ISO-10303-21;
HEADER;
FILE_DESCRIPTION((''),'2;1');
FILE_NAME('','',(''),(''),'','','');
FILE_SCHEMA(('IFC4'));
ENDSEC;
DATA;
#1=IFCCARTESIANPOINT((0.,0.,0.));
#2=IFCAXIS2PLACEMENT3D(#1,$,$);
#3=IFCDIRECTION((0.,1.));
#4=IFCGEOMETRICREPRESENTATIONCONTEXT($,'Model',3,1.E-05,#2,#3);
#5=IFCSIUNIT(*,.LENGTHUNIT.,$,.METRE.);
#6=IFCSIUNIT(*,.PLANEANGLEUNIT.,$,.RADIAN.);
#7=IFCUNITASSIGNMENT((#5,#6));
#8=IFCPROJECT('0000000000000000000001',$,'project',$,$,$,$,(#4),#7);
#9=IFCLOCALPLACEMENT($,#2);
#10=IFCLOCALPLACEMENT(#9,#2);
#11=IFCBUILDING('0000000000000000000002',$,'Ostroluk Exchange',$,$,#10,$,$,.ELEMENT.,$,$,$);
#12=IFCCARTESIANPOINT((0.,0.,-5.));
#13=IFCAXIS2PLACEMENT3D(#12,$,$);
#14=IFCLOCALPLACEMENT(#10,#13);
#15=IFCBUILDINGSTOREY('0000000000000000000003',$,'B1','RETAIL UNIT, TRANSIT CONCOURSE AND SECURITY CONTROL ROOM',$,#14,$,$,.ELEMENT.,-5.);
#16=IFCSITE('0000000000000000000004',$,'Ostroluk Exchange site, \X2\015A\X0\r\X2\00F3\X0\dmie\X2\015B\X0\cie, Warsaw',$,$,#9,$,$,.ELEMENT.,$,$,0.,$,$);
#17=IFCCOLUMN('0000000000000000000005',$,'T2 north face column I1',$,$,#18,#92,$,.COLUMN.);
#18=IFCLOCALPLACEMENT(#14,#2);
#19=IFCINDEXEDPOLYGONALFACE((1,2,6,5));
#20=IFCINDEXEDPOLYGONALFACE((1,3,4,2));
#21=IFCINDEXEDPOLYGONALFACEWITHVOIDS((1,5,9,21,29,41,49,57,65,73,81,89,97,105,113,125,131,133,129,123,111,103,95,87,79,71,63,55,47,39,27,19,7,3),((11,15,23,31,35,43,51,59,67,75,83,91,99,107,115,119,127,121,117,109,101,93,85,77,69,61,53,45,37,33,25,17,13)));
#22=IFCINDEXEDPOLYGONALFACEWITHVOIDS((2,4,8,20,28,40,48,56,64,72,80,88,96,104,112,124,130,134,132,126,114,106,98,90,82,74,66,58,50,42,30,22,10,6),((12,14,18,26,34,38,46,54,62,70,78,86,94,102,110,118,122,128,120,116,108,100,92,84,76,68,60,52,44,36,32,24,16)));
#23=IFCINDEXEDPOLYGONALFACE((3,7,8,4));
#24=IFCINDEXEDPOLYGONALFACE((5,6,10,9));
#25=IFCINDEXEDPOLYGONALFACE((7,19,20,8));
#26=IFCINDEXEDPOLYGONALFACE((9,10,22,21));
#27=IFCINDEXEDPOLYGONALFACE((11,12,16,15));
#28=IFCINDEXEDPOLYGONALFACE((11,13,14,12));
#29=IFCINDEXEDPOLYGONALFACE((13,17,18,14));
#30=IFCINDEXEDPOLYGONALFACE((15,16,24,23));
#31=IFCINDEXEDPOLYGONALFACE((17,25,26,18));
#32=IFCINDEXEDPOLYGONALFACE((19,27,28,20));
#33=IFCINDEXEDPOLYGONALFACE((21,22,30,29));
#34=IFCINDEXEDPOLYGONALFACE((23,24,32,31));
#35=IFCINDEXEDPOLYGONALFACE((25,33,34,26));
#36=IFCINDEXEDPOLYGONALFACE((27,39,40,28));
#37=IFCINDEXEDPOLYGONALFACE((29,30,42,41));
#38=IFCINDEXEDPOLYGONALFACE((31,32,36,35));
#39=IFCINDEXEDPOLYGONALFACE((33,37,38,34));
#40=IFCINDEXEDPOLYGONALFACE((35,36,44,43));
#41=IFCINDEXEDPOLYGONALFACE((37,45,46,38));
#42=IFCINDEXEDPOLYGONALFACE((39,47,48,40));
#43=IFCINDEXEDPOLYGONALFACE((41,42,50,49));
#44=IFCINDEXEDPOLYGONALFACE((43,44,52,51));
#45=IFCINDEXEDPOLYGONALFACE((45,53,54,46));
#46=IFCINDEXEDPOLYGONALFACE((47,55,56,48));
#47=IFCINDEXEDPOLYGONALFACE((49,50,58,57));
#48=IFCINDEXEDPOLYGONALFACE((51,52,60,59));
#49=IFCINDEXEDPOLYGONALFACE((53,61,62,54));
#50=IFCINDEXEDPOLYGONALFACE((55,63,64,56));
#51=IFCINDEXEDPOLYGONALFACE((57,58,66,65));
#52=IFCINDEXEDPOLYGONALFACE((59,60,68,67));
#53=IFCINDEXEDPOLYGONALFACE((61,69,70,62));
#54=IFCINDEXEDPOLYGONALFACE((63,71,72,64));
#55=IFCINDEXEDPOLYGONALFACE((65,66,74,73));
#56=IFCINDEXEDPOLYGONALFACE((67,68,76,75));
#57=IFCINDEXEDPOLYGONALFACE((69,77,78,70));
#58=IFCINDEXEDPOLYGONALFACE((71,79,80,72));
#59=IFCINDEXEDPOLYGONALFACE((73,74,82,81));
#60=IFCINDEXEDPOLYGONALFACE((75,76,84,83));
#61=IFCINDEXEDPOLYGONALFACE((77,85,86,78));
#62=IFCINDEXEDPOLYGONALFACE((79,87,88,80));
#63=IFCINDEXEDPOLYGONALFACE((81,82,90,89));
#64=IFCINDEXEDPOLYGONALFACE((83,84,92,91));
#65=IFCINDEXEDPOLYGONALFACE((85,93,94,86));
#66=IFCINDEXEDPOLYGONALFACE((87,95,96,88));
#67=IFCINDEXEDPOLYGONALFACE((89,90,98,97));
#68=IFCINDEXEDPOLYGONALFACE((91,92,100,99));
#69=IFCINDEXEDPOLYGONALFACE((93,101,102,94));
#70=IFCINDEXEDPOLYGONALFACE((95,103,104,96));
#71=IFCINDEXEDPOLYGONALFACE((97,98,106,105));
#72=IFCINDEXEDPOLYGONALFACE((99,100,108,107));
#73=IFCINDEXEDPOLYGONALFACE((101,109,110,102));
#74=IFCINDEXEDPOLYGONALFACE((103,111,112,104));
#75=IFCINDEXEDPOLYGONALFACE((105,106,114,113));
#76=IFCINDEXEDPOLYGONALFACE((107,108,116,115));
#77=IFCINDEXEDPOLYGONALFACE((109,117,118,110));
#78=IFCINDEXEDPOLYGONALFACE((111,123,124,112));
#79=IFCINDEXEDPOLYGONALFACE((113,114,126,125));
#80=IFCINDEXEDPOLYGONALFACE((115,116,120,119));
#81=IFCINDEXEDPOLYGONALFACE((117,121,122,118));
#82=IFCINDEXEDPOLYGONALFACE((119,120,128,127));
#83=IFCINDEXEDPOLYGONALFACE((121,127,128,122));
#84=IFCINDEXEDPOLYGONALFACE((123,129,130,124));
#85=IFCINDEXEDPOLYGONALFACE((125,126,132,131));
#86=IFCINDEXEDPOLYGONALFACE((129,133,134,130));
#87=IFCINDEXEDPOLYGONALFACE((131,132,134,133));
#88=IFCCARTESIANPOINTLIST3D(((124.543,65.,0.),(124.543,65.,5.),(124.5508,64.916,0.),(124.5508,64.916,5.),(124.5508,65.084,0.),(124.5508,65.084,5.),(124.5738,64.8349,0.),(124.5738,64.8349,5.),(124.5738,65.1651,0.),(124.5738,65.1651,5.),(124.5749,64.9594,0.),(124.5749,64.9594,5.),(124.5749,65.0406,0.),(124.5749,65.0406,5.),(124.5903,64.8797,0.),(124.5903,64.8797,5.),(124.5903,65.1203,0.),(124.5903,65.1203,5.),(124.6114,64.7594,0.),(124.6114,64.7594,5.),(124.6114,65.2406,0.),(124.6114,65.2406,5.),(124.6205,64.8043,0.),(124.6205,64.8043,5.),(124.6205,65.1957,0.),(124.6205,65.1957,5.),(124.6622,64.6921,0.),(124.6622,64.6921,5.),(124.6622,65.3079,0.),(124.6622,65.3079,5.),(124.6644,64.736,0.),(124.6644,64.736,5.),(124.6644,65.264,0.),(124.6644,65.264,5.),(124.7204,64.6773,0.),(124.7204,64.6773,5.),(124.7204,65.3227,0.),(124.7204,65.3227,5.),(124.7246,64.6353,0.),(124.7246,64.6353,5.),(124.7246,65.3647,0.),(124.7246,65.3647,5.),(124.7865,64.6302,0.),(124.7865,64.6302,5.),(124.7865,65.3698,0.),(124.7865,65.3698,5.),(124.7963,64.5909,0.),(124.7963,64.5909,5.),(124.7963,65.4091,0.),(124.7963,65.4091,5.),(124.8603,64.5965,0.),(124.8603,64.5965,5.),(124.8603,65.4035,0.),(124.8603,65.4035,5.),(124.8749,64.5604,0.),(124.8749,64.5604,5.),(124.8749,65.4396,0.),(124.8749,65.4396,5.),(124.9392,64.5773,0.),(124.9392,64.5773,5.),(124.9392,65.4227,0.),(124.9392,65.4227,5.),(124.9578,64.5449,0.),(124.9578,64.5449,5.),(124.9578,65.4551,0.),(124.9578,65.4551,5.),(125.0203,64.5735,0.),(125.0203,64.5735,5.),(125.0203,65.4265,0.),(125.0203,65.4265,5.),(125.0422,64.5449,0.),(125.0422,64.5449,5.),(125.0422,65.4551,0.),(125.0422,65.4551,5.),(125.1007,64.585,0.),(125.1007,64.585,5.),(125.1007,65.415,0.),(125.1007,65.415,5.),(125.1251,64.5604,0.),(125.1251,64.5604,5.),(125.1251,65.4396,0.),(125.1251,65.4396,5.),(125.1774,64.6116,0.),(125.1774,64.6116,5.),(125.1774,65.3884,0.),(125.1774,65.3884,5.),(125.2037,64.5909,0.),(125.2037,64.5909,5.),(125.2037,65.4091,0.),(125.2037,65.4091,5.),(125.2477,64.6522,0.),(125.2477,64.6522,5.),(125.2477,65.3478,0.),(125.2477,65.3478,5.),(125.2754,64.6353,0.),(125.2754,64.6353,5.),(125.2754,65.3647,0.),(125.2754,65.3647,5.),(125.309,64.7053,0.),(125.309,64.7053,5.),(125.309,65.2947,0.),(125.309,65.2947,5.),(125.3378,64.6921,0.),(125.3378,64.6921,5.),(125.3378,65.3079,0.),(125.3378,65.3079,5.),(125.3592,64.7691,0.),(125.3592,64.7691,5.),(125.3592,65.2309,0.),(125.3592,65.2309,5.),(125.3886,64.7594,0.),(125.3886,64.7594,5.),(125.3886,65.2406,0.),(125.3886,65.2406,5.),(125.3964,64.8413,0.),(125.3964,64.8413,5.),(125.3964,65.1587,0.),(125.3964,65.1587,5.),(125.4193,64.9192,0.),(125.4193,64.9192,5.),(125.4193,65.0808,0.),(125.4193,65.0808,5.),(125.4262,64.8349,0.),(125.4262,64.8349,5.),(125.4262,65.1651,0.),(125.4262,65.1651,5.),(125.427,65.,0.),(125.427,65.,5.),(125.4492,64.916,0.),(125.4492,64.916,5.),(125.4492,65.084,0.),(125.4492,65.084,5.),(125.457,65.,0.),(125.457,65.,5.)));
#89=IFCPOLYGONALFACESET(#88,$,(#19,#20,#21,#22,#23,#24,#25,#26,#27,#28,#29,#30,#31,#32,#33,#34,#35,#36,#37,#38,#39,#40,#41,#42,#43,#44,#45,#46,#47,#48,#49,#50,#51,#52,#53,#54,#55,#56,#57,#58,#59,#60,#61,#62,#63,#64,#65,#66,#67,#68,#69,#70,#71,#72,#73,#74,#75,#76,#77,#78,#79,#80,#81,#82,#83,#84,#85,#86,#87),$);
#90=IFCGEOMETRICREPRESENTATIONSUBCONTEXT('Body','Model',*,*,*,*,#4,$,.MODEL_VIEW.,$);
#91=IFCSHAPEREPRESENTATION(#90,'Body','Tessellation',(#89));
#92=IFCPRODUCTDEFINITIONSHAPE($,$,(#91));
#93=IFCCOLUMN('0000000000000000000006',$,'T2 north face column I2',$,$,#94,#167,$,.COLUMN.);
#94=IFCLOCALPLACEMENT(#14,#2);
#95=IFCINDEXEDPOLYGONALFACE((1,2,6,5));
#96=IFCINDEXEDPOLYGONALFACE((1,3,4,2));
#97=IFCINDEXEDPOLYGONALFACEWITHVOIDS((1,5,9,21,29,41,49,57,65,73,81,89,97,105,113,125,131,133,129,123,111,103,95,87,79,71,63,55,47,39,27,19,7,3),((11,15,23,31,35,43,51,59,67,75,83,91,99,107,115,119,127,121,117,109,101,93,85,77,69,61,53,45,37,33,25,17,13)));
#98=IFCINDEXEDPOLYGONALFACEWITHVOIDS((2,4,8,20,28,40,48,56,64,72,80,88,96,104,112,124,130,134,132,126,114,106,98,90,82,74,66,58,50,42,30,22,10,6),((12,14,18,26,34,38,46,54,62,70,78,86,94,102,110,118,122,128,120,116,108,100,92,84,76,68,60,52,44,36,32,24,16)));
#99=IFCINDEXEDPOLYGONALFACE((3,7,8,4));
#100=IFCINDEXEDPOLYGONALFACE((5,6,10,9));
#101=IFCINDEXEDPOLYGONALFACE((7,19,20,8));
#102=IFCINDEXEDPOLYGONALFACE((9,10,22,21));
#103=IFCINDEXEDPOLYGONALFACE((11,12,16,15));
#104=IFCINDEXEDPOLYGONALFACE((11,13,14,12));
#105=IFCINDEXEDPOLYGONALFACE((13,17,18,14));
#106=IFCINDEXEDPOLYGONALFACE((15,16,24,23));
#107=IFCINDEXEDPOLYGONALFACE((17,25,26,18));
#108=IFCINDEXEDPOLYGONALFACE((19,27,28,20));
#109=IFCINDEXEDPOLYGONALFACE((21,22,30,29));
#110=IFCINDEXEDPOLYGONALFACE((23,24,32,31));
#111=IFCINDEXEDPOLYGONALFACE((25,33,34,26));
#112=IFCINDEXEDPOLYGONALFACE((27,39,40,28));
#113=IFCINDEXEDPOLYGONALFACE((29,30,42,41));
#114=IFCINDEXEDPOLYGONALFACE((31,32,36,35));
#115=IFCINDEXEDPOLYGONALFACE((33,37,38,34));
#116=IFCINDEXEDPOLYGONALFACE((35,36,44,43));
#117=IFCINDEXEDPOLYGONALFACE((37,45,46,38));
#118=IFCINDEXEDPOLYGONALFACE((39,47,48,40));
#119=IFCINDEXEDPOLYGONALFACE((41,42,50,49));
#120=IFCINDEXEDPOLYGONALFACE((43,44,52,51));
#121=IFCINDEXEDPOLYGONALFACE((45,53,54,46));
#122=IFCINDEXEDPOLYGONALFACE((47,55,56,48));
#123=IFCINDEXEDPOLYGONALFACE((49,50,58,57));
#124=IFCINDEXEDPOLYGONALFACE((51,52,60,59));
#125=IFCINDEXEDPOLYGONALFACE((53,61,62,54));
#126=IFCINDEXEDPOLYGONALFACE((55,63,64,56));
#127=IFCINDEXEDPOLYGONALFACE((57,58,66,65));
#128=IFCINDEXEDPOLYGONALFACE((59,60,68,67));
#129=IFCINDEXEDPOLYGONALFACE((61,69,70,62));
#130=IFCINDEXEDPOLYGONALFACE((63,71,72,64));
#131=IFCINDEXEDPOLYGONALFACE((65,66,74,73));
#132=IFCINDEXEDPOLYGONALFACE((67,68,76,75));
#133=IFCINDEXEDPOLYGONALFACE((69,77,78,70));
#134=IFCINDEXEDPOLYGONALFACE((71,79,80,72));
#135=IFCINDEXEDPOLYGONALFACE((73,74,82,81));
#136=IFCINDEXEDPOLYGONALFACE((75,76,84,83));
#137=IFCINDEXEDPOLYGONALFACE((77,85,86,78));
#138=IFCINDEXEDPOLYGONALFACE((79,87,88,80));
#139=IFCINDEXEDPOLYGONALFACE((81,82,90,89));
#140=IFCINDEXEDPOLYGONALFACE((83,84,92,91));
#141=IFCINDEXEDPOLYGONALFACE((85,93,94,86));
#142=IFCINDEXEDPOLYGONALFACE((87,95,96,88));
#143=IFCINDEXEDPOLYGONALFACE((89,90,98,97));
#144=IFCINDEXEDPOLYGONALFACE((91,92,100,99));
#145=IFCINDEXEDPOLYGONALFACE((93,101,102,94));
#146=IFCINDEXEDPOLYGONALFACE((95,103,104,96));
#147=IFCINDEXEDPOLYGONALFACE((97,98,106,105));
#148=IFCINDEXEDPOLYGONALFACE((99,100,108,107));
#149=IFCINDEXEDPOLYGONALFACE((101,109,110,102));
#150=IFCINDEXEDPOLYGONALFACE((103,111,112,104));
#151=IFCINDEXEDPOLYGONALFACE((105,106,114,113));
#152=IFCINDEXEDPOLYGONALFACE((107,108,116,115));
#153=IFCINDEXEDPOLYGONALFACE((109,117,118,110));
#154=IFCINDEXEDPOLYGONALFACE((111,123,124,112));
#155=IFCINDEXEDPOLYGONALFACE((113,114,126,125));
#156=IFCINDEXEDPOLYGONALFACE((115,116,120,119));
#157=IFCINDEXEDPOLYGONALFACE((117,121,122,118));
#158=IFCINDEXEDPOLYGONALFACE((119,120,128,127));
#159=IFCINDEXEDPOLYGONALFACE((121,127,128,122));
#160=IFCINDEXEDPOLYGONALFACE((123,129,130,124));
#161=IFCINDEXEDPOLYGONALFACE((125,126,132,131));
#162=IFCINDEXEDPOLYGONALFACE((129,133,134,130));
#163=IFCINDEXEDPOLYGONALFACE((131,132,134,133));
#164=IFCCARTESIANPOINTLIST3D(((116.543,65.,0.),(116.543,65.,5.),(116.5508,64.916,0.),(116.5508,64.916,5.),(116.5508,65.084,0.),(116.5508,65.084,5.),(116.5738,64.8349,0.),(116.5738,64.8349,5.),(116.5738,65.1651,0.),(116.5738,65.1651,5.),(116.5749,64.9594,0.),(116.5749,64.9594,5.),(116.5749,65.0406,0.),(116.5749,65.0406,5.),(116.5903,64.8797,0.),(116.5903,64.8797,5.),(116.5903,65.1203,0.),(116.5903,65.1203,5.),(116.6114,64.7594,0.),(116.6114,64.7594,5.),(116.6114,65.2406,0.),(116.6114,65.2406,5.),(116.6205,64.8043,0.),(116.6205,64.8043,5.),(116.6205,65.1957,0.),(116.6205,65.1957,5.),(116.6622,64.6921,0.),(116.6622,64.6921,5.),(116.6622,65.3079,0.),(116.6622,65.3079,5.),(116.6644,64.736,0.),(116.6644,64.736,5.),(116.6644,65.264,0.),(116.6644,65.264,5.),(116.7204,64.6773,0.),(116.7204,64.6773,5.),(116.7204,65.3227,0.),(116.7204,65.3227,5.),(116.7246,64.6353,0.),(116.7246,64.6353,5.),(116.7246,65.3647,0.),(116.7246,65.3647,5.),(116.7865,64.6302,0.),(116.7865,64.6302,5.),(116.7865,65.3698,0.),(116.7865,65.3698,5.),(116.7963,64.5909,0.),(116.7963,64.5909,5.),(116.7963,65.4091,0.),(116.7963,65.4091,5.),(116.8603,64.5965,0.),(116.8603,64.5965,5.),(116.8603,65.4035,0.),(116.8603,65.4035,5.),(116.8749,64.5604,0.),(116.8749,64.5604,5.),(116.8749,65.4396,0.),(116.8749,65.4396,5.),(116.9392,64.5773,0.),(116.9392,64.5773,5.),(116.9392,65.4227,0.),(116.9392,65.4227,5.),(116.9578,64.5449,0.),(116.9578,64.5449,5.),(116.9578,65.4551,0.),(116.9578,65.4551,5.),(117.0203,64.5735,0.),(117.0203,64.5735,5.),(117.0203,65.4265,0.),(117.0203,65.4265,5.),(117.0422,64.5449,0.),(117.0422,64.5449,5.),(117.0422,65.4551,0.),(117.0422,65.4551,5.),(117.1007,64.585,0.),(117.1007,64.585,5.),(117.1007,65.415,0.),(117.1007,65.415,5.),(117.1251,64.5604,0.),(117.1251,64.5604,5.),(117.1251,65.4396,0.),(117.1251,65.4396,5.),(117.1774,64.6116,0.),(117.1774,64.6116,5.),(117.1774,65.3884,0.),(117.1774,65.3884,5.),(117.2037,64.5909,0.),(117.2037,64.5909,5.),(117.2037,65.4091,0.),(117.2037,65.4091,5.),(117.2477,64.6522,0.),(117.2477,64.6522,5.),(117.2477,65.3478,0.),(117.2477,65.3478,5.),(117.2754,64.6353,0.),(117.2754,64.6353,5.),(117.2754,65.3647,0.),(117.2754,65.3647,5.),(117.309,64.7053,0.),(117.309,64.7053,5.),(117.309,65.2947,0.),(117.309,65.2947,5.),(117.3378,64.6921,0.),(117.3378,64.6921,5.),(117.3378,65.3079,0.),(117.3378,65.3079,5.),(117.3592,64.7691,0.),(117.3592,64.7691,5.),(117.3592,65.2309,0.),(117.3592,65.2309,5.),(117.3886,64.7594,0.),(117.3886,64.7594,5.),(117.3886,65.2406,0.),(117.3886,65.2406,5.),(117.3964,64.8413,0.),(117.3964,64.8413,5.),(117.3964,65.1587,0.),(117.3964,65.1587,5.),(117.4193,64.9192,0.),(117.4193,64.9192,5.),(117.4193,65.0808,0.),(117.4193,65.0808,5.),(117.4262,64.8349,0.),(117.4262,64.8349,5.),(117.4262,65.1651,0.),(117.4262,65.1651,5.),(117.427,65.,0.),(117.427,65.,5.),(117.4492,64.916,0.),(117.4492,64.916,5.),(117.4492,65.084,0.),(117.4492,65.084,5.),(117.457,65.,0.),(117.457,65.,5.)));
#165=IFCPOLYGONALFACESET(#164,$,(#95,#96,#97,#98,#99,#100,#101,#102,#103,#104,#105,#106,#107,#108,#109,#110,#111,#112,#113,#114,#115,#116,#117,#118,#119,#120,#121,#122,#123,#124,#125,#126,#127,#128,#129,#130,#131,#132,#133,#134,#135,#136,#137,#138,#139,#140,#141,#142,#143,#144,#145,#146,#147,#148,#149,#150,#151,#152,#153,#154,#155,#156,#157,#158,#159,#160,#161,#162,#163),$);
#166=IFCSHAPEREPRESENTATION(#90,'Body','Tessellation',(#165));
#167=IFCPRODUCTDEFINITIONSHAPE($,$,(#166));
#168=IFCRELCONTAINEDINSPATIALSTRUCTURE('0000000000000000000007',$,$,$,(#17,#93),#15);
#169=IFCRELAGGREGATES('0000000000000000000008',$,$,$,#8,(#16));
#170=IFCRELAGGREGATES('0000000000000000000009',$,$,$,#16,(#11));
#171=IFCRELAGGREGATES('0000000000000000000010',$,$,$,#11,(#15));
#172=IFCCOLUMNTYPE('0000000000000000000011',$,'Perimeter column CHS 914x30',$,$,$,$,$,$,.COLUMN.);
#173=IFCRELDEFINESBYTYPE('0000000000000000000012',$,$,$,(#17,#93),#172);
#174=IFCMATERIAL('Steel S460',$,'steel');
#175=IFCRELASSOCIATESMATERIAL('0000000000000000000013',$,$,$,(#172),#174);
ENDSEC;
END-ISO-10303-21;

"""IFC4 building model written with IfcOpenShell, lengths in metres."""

from ifc_helpers import new_model, si_unit, direction, frame, origin, origin_2d, place, context, subcontext, project, spatial, hollow_circle, extrude, material, material_profile, profile_set, type_object, element, save


model = new_model("IFC4")

# Units and contexts
model_context = context("Model", 3, precision=1e-05, world=origin(), true_north=direction((0.0, 1.0)))
body_context = subcontext(model_context, "Body", "Model", "MODEL_VIEW")
ifc_project = project(units=[si_unit("LENGTHUNIT", "METRE"), si_unit("PLANEANGLEUNIT", "RADIAN")], contexts=[model_context])

# Site, building, storey
site_placement = place(None, origin())
site = spatial("IfcSite", under=ifc_project, at=site_placement, Name="Ostroluk Exchange site, Śródmieście, Warsaw", CompositionType="ELEMENT", RefElevation=0.0)
building_placement = place(site_placement, origin())
building = spatial("IfcBuilding", under=site, at=building_placement, Name="Ostroluk Exchange", CompositionType="ELEMENT")
storey_placement = place(building_placement, frame((0.0, 0.0, -5.0)))
storey = spatial("IfcBuildingStorey", under=building, at=storey_placement, Name="B1", Description="RETAIL UNIT, TRANSIT CONCOURSE AND SECURITY CONTROL ROOM", CompositionType="ELEMENT", Elevation=-5.0)

# Columns
ifc_material_1 = material(Name="Steel S460", Category="steel")
ifc_material_profile_1 = material_profile(ifc_material_1, hollow_circle(Radius=0.457, WallThickness=0.03, at=origin_2d()), Name="CHS 914x30")
ifc_profile_set_1 = profile_set([ifc_material_profile_1], Name="Steel S460")
column_type_1 = type_object("IfcColumnType", Name="Perimeter column CHS 914x30", PredefinedType="COLUMN", material=ifc_profile_set_1)
for number, where, z_axis, x_axis, name in (
    (1, (125.0, 65.0, 0.0), (0.0, 0.0, 1.0), (1.0, 0.0, 0.0), "T2 north face column I1"),
    (2, (117.0, 65.0, 0.0), (0.0, 0.0, 1.0), (1.0, 0.0, 0.0), "T2 north face column I2"),
):
    element("IfcColumn", number, at=place(storey_placement, frame(where, z_axis=z_axis, x_axis=x_axis)), inside=storey, type_object=column_type_1, Name=name, PredefinedType="COLUMN", context=body_context, shape_type="SweptSolid", body=[
        extrude(hollow_circle(Radius=0.457, WallThickness=0.03, at=origin_2d()), origin(), (0.0, 0.0, 1.0), 5.0),
    ])

save(model, "model.ifc")
